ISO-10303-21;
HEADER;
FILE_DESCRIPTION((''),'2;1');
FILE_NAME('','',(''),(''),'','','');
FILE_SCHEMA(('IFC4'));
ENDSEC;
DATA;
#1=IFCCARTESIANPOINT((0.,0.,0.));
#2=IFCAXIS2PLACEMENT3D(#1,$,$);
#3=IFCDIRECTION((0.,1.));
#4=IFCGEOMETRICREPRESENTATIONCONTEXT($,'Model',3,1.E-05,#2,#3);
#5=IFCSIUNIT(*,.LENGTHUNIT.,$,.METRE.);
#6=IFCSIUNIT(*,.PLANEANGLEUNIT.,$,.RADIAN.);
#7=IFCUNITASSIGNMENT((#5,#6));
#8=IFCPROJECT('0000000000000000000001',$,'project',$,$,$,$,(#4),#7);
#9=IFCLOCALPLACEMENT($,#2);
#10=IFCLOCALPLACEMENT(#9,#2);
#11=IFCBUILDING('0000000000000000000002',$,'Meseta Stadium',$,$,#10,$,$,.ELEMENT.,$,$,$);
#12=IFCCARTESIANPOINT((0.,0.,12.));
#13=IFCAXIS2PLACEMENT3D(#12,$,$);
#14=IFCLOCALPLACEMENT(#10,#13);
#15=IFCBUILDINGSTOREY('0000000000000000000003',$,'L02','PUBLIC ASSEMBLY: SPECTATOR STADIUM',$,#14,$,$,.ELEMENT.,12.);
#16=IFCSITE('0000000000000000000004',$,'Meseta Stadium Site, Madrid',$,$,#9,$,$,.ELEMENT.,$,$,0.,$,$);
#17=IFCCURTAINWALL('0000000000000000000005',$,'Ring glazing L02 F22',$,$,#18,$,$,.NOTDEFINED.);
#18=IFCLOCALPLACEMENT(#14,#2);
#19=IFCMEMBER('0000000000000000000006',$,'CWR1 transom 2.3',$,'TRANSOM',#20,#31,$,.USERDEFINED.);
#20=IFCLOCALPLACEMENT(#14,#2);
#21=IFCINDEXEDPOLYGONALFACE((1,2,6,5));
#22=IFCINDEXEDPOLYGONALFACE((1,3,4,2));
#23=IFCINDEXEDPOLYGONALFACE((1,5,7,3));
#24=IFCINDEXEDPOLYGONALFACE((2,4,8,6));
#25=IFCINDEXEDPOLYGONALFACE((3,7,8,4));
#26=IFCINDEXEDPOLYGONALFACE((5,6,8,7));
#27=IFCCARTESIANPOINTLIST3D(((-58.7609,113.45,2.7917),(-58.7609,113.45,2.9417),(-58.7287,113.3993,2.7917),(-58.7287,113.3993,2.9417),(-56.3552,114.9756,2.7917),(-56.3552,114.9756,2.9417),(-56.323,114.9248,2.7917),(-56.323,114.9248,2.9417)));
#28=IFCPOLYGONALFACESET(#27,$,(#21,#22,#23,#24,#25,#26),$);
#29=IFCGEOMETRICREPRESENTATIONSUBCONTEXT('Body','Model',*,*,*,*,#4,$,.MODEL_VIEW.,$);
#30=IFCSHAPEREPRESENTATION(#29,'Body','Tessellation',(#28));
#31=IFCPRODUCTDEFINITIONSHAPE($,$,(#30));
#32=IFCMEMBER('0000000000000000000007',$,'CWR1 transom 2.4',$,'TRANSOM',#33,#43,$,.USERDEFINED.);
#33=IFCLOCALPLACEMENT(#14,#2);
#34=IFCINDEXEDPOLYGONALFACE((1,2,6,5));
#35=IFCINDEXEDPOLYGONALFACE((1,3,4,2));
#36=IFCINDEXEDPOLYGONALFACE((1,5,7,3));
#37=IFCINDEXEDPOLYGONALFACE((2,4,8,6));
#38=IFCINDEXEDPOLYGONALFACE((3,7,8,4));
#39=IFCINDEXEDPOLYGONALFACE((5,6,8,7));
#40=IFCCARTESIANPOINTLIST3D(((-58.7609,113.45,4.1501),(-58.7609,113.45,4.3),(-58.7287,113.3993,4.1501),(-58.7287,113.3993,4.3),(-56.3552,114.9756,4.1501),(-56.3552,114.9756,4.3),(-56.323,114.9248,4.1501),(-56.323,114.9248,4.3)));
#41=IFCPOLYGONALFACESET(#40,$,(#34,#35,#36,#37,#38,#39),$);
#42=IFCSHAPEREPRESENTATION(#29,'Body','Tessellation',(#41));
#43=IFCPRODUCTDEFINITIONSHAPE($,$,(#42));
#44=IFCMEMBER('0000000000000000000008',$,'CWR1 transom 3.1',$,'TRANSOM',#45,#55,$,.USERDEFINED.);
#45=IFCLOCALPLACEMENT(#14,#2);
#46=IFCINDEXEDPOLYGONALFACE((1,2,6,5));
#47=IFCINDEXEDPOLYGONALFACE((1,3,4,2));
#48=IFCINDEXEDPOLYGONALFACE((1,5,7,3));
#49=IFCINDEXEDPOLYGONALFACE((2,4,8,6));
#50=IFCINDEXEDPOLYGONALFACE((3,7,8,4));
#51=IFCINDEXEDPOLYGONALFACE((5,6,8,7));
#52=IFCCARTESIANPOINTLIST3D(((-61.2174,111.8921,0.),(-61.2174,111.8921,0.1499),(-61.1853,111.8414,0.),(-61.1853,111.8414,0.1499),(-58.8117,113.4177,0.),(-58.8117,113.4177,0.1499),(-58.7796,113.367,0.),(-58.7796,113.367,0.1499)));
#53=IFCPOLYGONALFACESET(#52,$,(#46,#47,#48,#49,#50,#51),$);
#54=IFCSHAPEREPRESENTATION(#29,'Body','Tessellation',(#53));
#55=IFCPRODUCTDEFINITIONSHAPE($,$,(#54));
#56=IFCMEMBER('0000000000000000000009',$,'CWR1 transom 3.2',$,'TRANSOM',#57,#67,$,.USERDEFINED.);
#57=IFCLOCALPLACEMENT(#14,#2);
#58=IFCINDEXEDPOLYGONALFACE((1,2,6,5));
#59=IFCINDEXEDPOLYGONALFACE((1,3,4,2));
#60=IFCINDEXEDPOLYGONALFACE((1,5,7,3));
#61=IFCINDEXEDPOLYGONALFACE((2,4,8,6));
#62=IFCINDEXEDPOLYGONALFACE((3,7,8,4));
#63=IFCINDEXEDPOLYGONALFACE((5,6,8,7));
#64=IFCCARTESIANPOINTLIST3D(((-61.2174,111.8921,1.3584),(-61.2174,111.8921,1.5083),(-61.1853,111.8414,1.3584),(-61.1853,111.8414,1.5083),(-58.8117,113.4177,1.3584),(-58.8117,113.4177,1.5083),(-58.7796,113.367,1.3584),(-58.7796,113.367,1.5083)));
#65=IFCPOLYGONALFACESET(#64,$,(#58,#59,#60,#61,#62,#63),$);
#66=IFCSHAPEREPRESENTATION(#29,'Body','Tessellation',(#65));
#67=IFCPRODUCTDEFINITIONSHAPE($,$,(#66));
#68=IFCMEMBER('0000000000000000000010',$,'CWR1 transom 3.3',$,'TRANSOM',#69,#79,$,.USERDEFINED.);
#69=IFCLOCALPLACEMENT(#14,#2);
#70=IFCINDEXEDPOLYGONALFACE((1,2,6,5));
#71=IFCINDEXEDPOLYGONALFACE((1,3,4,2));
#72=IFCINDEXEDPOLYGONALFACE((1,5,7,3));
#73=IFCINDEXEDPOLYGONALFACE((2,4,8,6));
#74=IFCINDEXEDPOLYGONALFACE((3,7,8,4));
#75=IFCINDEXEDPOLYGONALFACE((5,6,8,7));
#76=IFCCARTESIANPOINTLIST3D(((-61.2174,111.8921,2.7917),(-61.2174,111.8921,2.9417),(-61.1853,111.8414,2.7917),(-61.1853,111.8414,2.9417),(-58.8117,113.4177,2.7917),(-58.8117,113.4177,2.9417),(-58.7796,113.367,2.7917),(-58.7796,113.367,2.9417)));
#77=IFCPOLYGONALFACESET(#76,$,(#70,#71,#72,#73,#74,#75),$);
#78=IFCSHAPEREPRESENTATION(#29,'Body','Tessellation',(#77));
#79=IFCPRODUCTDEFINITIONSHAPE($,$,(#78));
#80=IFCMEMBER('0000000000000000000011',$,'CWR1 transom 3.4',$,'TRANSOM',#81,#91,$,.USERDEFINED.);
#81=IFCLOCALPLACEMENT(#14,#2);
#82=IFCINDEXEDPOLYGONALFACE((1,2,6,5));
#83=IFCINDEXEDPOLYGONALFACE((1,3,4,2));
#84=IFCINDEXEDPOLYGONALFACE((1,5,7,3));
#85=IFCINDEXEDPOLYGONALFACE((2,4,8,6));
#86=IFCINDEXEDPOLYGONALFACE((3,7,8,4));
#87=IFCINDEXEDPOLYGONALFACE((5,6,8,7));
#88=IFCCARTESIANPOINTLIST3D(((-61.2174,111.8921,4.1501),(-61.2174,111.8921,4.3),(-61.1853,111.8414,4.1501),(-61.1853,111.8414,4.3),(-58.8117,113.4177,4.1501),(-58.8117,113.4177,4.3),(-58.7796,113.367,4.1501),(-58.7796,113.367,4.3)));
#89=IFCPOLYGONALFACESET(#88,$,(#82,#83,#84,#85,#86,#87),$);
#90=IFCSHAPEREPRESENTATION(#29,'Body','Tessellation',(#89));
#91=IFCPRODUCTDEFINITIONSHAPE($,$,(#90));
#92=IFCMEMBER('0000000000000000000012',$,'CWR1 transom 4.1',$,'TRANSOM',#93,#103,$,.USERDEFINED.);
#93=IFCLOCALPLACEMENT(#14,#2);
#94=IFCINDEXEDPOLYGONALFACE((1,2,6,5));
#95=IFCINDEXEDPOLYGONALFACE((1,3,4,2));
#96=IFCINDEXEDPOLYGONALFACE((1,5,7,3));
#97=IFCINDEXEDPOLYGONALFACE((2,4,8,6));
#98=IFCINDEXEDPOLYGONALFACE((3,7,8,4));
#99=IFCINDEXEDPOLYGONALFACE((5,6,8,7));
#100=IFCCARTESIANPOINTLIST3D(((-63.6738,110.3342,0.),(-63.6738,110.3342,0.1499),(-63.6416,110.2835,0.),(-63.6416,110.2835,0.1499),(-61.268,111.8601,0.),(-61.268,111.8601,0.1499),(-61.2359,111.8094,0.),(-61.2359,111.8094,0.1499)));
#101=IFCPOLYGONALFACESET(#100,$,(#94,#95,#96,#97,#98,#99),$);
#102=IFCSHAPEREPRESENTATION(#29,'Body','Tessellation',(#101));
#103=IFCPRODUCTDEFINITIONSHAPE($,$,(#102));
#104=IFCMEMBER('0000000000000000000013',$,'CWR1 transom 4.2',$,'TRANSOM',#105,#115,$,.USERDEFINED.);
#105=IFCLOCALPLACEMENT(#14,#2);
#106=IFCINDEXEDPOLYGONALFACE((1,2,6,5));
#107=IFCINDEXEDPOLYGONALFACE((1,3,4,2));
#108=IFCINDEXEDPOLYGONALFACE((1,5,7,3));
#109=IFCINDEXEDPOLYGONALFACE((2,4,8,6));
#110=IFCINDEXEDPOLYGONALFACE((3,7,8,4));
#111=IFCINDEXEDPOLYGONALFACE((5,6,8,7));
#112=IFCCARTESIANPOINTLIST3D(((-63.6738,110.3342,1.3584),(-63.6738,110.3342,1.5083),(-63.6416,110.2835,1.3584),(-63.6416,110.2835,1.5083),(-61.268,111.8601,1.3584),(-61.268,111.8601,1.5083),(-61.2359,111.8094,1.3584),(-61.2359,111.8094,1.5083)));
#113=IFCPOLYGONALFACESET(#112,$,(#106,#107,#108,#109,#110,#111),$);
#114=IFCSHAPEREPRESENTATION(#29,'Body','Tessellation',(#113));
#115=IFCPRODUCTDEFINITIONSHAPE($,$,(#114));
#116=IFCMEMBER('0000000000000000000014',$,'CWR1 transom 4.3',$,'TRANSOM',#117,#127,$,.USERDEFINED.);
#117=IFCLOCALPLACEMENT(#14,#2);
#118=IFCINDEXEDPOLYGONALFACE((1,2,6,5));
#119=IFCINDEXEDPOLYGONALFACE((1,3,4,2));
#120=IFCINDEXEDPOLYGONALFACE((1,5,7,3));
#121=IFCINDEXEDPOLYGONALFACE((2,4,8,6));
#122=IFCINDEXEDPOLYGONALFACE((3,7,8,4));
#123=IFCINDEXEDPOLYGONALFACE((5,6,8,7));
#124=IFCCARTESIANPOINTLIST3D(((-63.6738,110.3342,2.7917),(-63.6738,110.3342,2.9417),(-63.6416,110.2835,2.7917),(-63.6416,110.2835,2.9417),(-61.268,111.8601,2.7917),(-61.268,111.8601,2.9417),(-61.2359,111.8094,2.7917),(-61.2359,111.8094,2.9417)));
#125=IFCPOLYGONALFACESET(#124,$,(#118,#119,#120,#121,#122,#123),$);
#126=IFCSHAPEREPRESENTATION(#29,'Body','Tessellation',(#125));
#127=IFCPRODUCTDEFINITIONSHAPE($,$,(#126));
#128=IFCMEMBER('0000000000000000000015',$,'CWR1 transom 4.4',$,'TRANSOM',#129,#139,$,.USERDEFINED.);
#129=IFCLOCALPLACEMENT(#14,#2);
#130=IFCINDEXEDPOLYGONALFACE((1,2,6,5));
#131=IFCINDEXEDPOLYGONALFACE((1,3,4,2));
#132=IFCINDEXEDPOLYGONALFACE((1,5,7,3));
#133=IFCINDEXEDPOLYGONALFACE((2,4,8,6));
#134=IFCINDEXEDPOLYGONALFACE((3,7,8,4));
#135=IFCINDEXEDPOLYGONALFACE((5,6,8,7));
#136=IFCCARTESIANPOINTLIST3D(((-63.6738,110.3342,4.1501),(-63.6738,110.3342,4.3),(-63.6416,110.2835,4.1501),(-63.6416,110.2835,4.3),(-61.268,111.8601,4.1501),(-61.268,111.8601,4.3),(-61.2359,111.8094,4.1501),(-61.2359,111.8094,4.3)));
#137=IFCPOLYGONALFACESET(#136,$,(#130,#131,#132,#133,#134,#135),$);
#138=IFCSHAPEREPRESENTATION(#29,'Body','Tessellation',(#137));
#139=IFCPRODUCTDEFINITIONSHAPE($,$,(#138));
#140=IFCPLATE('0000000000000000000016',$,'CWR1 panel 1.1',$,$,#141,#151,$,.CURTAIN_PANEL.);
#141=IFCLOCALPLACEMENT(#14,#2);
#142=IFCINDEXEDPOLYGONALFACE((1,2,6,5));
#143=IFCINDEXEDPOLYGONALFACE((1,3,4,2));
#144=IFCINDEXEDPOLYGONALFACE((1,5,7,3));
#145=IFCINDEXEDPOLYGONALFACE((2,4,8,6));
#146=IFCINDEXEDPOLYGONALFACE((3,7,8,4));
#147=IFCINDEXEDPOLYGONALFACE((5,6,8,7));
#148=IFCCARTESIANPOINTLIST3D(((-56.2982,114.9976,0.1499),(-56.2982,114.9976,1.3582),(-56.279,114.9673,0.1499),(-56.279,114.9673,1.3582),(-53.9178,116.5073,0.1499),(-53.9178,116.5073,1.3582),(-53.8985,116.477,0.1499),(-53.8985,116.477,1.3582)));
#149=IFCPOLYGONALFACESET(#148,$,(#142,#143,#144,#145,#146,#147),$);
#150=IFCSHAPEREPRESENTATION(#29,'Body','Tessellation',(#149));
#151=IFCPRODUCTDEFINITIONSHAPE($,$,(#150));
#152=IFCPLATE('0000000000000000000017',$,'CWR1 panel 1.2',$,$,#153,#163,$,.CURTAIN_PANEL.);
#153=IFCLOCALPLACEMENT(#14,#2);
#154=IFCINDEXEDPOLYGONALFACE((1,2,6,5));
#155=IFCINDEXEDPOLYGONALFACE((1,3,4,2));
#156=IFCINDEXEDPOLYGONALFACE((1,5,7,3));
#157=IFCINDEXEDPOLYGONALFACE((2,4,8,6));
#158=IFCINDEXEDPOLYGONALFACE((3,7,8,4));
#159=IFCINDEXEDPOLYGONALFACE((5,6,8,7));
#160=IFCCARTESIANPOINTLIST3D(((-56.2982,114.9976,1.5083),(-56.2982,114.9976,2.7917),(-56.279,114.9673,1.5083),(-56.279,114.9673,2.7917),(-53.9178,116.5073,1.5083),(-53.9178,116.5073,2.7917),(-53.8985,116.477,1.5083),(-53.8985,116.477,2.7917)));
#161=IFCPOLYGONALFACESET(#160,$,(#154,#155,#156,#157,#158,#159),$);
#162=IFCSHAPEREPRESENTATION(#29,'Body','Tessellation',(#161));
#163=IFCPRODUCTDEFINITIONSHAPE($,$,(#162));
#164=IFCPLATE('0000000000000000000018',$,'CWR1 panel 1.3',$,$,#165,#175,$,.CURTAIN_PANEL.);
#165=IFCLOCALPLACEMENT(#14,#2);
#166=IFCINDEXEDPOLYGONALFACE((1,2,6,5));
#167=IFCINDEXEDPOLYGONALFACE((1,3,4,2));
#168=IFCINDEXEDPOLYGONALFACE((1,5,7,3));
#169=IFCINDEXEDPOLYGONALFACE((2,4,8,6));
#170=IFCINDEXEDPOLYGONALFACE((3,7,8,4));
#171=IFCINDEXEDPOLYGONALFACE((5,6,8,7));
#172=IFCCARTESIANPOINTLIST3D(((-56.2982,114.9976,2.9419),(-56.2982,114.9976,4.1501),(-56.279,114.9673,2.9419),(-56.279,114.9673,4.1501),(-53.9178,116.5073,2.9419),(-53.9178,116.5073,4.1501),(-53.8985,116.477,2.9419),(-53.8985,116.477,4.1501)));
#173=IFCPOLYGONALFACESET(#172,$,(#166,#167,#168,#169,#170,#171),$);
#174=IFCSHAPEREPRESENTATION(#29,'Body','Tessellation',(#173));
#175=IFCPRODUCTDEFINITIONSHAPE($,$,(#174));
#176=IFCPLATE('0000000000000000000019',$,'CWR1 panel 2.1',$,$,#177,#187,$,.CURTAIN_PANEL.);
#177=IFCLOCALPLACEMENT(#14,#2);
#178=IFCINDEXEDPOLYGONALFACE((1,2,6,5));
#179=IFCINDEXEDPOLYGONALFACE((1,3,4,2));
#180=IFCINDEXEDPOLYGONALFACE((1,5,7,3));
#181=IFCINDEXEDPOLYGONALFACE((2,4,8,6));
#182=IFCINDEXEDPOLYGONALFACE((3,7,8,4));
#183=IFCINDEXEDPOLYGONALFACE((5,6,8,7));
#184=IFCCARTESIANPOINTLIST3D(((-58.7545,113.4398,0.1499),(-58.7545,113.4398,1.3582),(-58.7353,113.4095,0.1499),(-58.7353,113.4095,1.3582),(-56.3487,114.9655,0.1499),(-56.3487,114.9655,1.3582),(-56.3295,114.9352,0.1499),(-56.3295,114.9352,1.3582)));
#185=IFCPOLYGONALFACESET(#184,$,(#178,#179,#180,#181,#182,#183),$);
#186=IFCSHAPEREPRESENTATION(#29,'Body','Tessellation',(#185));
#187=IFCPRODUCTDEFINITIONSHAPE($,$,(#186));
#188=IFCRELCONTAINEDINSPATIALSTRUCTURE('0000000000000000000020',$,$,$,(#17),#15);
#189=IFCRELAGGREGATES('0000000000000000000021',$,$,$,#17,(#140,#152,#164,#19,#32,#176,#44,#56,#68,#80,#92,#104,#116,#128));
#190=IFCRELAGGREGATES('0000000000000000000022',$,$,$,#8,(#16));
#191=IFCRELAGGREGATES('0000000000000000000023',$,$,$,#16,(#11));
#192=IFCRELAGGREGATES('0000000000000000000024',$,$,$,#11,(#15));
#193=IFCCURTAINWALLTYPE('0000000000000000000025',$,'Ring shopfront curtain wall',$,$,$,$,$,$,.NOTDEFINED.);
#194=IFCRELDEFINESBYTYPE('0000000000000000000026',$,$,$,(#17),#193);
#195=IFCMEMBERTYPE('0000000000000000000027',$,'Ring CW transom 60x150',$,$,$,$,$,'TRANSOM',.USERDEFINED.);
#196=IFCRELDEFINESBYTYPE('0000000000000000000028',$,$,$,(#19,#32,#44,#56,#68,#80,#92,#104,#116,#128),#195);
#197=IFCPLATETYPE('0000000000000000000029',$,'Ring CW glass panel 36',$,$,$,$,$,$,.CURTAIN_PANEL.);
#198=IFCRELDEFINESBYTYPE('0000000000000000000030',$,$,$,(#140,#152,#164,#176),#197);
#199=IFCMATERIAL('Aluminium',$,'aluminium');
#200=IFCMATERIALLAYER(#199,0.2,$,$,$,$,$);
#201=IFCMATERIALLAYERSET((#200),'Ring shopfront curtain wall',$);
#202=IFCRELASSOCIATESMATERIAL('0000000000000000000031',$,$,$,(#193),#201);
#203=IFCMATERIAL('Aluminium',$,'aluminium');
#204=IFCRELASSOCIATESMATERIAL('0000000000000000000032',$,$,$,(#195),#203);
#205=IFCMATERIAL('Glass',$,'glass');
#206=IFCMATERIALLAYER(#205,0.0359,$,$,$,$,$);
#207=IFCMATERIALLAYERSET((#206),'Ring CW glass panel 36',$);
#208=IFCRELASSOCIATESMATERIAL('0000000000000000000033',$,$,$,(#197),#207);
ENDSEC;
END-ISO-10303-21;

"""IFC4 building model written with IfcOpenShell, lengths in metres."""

from ifc_helpers import new_model, si_unit, direction, frame, origin, origin_2d, place, context, subcontext, project, spatial, rectangle, extrude, material, layer, layer_set, material_profile, profile_set, type_object, element, aggregate, save


model = new_model("IFC4")

# Units and contexts
model_context = context("Model", 3, precision=1e-05, world=origin(), true_north=direction((0.0, 1.0)))
body_context = subcontext(model_context, "Body", "Model", "MODEL_VIEW")
ifc_project = project(units=[si_unit("LENGTHUNIT", "METRE"), si_unit("PLANEANGLEUNIT", "RADIAN")], contexts=[model_context])

# Site, building, storey
site_placement = place(None, origin())
site = spatial("IfcSite", under=ifc_project, at=site_placement, Name="Meseta Stadium Site, Madrid", CompositionType="ELEMENT", RefElevation=0.0)
building_placement = place(site_placement, origin())
building = spatial("IfcBuilding", under=site, at=building_placement, Name="Meseta Stadium", CompositionType="ELEMENT")
storey_placement = place(building_placement, frame((0.0, 0.0, 12.0)))
storey = spatial("IfcBuildingStorey", under=building, at=storey_placement, Name="L02", Description="PUBLIC ASSEMBLY: SPECTATOR STADIUM", CompositionType="ELEMENT", Elevation=12.0)

# Curtain wall, members, plates
ifc_material_1 = material(Name="Aluminium", Category="aluminium")
ifc_layer_1 = layer(ifc_material_1, 0.2)
ifc_layer_set_1 = layer_set([ifc_layer_1], Name="Ring shopfront curtain wall")
curtain_wall_type = type_object("IfcCurtainWallType", Name="Ring shopfront curtain wall", PredefinedType="NOTDEFINED", material=ifc_layer_set_1)
curtain_wall_placement = place(storey_placement, origin())
curtain_wall = element("IfcCurtainWall", 1, at=curtain_wall_placement, inside=storey, type_object=curtain_wall_type, Name="Ring glazing L02 F22", PredefinedType="NOTDEFINED")
ifc_material_2 = material(Name="Aluminium", Category="aluminium")
ifc_material_profile_1 = material_profile(ifc_material_2, rectangle(XDim=0.0601, YDim=0.1499, at=origin_2d()), Name="CW 60x150")
ifc_profile_set_1 = profile_set([ifc_material_profile_1], Name="Aluminium")
member_type_1 = type_object("IfcMemberType", Name="Ring CW transom 60x150", ElementType="TRANSOM", PredefinedType="USERDEFINED", material=ifc_profile_set_1)
member_1_placement = place(storey_placement, frame((-56.3391, 114.9502, 2.8667), z_axis=(-0.844504, -0.535549, 0.0), x_axis=(0.535549, -0.844504, 0.0)))
member_1 = element("IfcMember", 2, at=member_1_placement, type_object=member_type_1, Name="CWR1 transom 2.3", ObjectType="TRANSOM", PredefinedType="USERDEFINED", context=body_context, shape_type="SweptSolid", body=[
    extrude(rectangle(XDim=0.0601, YDim=0.1499, at=origin_2d()), origin(), (0.0, 0.0, 1.0), 2.8486),
])
member_2_placement = place(storey_placement, frame((-56.3391, 114.9502, 4.2251), z_axis=(-0.844504, -0.535549, 0.0), x_axis=(0.535549, -0.844504, 0.0)))
member_2 = element("IfcMember", 3, at=member_2_placement, type_object=member_type_1, Name="CWR1 transom 2.4", ObjectType="TRANSOM", PredefinedType="USERDEFINED", context=body_context, shape_type="SweptSolid", body=[
    extrude(rectangle(XDim=0.0601, YDim=0.1499, at=origin_2d()), origin(), (0.0, 0.0, 1.0), 2.8486),
])
member_3_placement = place(storey_placement, frame((-58.7957, 113.3923, 0.075), z_axis=(-0.844504, -0.535549, 0.0), x_axis=(0.535549, -0.844504, 0.0)))
member_3 = element("IfcMember", 4, at=member_3_placement, type_object=member_type_1, Name="CWR1 transom 3.1", ObjectType="TRANSOM", PredefinedType="USERDEFINED", context=body_context, shape_type="SweptSolid", body=[
    extrude(rectangle(XDim=0.0601, YDim=0.1499, at=origin_2d()), origin(), (0.0, 0.0, 1.0), 2.8486),
])
member_4_placement = place(storey_placement, frame((-58.7957, 113.3923, 1.4333), z_axis=(-0.844504, -0.535549, 0.0), x_axis=(0.535549, -0.844504, 0.0)))
member_4 = element("IfcMember", 5, at=member_4_placement, type_object=member_type_1, Name="CWR1 transom 3.2", ObjectType="TRANSOM", PredefinedType="USERDEFINED", context=body_context, shape_type="SweptSolid", body=[
    extrude(rectangle(XDim=0.0601, YDim=0.1499, at=origin_2d()), origin(), (0.0, 0.0, 1.0), 2.8486),
])
member_5_placement = place(storey_placement, frame((-58.7957, 113.3923, 2.8667), z_axis=(-0.844504, -0.535549, 0.0), x_axis=(0.535549, -0.844504, 0.0)))
member_5 = element("IfcMember", 6, at=member_5_placement, type_object=member_type_1, Name="CWR1 transom 3.3", ObjectType="TRANSOM", PredefinedType="USERDEFINED", context=body_context, shape_type="SweptSolid", body=[
    extrude(rectangle(XDim=0.0601, YDim=0.1499, at=origin_2d()), origin(), (0.0, 0.0, 1.0), 2.8486),
])
member_6_placement = place(storey_placement, frame((-58.7957, 113.3923, 4.2251), z_axis=(-0.844504, -0.535549, 0.0), x_axis=(0.535549, -0.844504, 0.0)))
member_6 = element("IfcMember", 7, at=member_6_placement, type_object=member_type_1, Name="CWR1 transom 3.4", ObjectType="TRANSOM", PredefinedType="USERDEFINED", context=body_context, shape_type="SweptSolid", body=[
    extrude(rectangle(XDim=0.0601, YDim=0.1499, at=origin_2d()), origin(), (0.0, 0.0, 1.0), 2.8486),
])
member_7_placement = place(storey_placement, frame((-61.252, 111.8347, 0.075), z_axis=(-0.844465, -0.535611, 0.0), x_axis=(0.535611, -0.844465, 0.0)))
member_7 = element("IfcMember", 8, at=member_7_placement, type_object=member_type_1, Name="CWR1 transom 4.1", ObjectType="TRANSOM", PredefinedType="USERDEFINED", context=body_context, shape_type="SweptSolid", body=[
    extrude(rectangle(XDim=0.0601, YDim=0.1499, at=origin_2d()), origin(), (0.0, 0.0, 1.0), 2.8489),
])
member_8_placement = place(storey_placement, frame((-61.252, 111.8347, 1.4333), z_axis=(-0.844465, -0.535611, 0.0), x_axis=(0.535611, -0.844465, 0.0)))
member_8 = element("IfcMember", 9, at=member_8_placement, type_object=member_type_1, Name="CWR1 transom 4.2", ObjectType="TRANSOM", PredefinedType="USERDEFINED", context=body_context, shape_type="SweptSolid", body=[
    extrude(rectangle(XDim=0.0601, YDim=0.1499, at=origin_2d()), origin(), (0.0, 0.0, 1.0), 2.8489),
])
member_9_placement = place(storey_placement, frame((-61.252, 111.8347, 2.8667), z_axis=(-0.844465, -0.535611, 0.0), x_axis=(0.535611, -0.844465, 0.0)))
member_9 = element("IfcMember", 10, at=member_9_placement, type_object=member_type_1, Name="CWR1 transom 4.3", ObjectType="TRANSOM", PredefinedType="USERDEFINED", context=body_context, shape_type="SweptSolid", body=[
    extrude(rectangle(XDim=0.0601, YDim=0.1499, at=origin_2d()), origin(), (0.0, 0.0, 1.0), 2.8489),
])
member_10_placement = place(storey_placement, frame((-61.252, 111.8347, 4.2251), z_axis=(-0.844465, -0.535611, 0.0), x_axis=(0.535611, -0.844465, 0.0)))
member_10 = element("IfcMember", 11, at=member_10_placement, type_object=member_type_1, Name="CWR1 transom 4.4", ObjectType="TRANSOM", PredefinedType="USERDEFINED", context=body_context, shape_type="SweptSolid", body=[
    extrude(rectangle(XDim=0.0601, YDim=0.1499, at=origin_2d()), origin(), (0.0, 0.0, 1.0), 2.8489),
])
ifc_material_3 = material(Name="Glass", Category="glass")
ifc_layer_2 = layer(ifc_material_3, 0.0359)
ifc_layer_set_2 = layer_set([ifc_layer_2], Name="Ring CW glass panel 36")
plate_type = type_object("IfcPlateType", Name="Ring CW glass panel 36", PredefinedType="CURTAIN_PANEL", material=ifc_layer_set_2)
plate_1_placement = place(storey_placement, frame((-55.0984, 115.7373, 0.1499), z_axis=(0.0, 0.0, 1.0), x_axis=(-0.844491, -0.535569, 0.0)))
plate_1 = element("IfcPlate", 12, at=plate_1_placement, type_object=plate_type, Name="CWR1 panel 1.1", PredefinedType="CURTAIN_PANEL", context=body_context, shape_type="SweptSolid", body=[
    extrude(rectangle(XDim=2.8188, YDim=0.0359, at=origin_2d()), origin(), (0.0, 0.0, 1.0), 1.2083),
])
plate_2_placement = place(storey_placement, frame((-55.0984, 115.7373, 1.5083), z_axis=(0.0, 0.0, 1.0), x_axis=(-0.844491, -0.535569, 0.0)))
plate_2 = element("IfcPlate", 13, at=plate_2_placement, type_object=plate_type, Name="CWR1 panel 1.2", PredefinedType="CURTAIN_PANEL", context=body_context, shape_type="SweptSolid", body=[
    extrude(rectangle(XDim=2.8188, YDim=0.0359, at=origin_2d()), origin(), (0.0, 0.0, 1.0), 1.2834),
])
plate_3_placement = place(storey_placement, frame((-55.0984, 115.7373, 2.9419), z_axis=(0.0, 0.0, 1.0), x_axis=(-0.844491, -0.535569, 0.0)))
plate_3 = element("IfcPlate", 14, at=plate_3_placement, type_object=plate_type, Name="CWR1 panel 1.3", PredefinedType="CURTAIN_PANEL", context=body_context, shape_type="SweptSolid", body=[
    extrude(rectangle(XDim=2.8188, YDim=0.0359, at=origin_2d()), origin(), (0.0, 0.0, 1.0), 1.2083),
])
plate_4_placement = place(storey_placement, frame((-57.542, 114.1875, 0.1499), z_axis=(0.0, 0.0, 1.0), x_axis=(-0.844491, -0.535569, 0.0)))
plate_4 = element("IfcPlate", 15, at=plate_4_placement, type_object=plate_type, Name="CWR1 panel 2.1", PredefinedType="CURTAIN_PANEL", context=body_context, shape_type="SweptSolid", body=[
    extrude(rectangle(XDim=2.8489, YDim=0.0359, at=origin_2d()), origin(), (0.0, 0.0, 1.0), 1.2083),
])
aggregate(curtain_wall, [plate_1, plate_2, plate_3, member_1, member_2, plate_4, member_3, member_4, member_5, member_6, member_7, member_8, member_9, member_10])

save(model, "model.ifc")
